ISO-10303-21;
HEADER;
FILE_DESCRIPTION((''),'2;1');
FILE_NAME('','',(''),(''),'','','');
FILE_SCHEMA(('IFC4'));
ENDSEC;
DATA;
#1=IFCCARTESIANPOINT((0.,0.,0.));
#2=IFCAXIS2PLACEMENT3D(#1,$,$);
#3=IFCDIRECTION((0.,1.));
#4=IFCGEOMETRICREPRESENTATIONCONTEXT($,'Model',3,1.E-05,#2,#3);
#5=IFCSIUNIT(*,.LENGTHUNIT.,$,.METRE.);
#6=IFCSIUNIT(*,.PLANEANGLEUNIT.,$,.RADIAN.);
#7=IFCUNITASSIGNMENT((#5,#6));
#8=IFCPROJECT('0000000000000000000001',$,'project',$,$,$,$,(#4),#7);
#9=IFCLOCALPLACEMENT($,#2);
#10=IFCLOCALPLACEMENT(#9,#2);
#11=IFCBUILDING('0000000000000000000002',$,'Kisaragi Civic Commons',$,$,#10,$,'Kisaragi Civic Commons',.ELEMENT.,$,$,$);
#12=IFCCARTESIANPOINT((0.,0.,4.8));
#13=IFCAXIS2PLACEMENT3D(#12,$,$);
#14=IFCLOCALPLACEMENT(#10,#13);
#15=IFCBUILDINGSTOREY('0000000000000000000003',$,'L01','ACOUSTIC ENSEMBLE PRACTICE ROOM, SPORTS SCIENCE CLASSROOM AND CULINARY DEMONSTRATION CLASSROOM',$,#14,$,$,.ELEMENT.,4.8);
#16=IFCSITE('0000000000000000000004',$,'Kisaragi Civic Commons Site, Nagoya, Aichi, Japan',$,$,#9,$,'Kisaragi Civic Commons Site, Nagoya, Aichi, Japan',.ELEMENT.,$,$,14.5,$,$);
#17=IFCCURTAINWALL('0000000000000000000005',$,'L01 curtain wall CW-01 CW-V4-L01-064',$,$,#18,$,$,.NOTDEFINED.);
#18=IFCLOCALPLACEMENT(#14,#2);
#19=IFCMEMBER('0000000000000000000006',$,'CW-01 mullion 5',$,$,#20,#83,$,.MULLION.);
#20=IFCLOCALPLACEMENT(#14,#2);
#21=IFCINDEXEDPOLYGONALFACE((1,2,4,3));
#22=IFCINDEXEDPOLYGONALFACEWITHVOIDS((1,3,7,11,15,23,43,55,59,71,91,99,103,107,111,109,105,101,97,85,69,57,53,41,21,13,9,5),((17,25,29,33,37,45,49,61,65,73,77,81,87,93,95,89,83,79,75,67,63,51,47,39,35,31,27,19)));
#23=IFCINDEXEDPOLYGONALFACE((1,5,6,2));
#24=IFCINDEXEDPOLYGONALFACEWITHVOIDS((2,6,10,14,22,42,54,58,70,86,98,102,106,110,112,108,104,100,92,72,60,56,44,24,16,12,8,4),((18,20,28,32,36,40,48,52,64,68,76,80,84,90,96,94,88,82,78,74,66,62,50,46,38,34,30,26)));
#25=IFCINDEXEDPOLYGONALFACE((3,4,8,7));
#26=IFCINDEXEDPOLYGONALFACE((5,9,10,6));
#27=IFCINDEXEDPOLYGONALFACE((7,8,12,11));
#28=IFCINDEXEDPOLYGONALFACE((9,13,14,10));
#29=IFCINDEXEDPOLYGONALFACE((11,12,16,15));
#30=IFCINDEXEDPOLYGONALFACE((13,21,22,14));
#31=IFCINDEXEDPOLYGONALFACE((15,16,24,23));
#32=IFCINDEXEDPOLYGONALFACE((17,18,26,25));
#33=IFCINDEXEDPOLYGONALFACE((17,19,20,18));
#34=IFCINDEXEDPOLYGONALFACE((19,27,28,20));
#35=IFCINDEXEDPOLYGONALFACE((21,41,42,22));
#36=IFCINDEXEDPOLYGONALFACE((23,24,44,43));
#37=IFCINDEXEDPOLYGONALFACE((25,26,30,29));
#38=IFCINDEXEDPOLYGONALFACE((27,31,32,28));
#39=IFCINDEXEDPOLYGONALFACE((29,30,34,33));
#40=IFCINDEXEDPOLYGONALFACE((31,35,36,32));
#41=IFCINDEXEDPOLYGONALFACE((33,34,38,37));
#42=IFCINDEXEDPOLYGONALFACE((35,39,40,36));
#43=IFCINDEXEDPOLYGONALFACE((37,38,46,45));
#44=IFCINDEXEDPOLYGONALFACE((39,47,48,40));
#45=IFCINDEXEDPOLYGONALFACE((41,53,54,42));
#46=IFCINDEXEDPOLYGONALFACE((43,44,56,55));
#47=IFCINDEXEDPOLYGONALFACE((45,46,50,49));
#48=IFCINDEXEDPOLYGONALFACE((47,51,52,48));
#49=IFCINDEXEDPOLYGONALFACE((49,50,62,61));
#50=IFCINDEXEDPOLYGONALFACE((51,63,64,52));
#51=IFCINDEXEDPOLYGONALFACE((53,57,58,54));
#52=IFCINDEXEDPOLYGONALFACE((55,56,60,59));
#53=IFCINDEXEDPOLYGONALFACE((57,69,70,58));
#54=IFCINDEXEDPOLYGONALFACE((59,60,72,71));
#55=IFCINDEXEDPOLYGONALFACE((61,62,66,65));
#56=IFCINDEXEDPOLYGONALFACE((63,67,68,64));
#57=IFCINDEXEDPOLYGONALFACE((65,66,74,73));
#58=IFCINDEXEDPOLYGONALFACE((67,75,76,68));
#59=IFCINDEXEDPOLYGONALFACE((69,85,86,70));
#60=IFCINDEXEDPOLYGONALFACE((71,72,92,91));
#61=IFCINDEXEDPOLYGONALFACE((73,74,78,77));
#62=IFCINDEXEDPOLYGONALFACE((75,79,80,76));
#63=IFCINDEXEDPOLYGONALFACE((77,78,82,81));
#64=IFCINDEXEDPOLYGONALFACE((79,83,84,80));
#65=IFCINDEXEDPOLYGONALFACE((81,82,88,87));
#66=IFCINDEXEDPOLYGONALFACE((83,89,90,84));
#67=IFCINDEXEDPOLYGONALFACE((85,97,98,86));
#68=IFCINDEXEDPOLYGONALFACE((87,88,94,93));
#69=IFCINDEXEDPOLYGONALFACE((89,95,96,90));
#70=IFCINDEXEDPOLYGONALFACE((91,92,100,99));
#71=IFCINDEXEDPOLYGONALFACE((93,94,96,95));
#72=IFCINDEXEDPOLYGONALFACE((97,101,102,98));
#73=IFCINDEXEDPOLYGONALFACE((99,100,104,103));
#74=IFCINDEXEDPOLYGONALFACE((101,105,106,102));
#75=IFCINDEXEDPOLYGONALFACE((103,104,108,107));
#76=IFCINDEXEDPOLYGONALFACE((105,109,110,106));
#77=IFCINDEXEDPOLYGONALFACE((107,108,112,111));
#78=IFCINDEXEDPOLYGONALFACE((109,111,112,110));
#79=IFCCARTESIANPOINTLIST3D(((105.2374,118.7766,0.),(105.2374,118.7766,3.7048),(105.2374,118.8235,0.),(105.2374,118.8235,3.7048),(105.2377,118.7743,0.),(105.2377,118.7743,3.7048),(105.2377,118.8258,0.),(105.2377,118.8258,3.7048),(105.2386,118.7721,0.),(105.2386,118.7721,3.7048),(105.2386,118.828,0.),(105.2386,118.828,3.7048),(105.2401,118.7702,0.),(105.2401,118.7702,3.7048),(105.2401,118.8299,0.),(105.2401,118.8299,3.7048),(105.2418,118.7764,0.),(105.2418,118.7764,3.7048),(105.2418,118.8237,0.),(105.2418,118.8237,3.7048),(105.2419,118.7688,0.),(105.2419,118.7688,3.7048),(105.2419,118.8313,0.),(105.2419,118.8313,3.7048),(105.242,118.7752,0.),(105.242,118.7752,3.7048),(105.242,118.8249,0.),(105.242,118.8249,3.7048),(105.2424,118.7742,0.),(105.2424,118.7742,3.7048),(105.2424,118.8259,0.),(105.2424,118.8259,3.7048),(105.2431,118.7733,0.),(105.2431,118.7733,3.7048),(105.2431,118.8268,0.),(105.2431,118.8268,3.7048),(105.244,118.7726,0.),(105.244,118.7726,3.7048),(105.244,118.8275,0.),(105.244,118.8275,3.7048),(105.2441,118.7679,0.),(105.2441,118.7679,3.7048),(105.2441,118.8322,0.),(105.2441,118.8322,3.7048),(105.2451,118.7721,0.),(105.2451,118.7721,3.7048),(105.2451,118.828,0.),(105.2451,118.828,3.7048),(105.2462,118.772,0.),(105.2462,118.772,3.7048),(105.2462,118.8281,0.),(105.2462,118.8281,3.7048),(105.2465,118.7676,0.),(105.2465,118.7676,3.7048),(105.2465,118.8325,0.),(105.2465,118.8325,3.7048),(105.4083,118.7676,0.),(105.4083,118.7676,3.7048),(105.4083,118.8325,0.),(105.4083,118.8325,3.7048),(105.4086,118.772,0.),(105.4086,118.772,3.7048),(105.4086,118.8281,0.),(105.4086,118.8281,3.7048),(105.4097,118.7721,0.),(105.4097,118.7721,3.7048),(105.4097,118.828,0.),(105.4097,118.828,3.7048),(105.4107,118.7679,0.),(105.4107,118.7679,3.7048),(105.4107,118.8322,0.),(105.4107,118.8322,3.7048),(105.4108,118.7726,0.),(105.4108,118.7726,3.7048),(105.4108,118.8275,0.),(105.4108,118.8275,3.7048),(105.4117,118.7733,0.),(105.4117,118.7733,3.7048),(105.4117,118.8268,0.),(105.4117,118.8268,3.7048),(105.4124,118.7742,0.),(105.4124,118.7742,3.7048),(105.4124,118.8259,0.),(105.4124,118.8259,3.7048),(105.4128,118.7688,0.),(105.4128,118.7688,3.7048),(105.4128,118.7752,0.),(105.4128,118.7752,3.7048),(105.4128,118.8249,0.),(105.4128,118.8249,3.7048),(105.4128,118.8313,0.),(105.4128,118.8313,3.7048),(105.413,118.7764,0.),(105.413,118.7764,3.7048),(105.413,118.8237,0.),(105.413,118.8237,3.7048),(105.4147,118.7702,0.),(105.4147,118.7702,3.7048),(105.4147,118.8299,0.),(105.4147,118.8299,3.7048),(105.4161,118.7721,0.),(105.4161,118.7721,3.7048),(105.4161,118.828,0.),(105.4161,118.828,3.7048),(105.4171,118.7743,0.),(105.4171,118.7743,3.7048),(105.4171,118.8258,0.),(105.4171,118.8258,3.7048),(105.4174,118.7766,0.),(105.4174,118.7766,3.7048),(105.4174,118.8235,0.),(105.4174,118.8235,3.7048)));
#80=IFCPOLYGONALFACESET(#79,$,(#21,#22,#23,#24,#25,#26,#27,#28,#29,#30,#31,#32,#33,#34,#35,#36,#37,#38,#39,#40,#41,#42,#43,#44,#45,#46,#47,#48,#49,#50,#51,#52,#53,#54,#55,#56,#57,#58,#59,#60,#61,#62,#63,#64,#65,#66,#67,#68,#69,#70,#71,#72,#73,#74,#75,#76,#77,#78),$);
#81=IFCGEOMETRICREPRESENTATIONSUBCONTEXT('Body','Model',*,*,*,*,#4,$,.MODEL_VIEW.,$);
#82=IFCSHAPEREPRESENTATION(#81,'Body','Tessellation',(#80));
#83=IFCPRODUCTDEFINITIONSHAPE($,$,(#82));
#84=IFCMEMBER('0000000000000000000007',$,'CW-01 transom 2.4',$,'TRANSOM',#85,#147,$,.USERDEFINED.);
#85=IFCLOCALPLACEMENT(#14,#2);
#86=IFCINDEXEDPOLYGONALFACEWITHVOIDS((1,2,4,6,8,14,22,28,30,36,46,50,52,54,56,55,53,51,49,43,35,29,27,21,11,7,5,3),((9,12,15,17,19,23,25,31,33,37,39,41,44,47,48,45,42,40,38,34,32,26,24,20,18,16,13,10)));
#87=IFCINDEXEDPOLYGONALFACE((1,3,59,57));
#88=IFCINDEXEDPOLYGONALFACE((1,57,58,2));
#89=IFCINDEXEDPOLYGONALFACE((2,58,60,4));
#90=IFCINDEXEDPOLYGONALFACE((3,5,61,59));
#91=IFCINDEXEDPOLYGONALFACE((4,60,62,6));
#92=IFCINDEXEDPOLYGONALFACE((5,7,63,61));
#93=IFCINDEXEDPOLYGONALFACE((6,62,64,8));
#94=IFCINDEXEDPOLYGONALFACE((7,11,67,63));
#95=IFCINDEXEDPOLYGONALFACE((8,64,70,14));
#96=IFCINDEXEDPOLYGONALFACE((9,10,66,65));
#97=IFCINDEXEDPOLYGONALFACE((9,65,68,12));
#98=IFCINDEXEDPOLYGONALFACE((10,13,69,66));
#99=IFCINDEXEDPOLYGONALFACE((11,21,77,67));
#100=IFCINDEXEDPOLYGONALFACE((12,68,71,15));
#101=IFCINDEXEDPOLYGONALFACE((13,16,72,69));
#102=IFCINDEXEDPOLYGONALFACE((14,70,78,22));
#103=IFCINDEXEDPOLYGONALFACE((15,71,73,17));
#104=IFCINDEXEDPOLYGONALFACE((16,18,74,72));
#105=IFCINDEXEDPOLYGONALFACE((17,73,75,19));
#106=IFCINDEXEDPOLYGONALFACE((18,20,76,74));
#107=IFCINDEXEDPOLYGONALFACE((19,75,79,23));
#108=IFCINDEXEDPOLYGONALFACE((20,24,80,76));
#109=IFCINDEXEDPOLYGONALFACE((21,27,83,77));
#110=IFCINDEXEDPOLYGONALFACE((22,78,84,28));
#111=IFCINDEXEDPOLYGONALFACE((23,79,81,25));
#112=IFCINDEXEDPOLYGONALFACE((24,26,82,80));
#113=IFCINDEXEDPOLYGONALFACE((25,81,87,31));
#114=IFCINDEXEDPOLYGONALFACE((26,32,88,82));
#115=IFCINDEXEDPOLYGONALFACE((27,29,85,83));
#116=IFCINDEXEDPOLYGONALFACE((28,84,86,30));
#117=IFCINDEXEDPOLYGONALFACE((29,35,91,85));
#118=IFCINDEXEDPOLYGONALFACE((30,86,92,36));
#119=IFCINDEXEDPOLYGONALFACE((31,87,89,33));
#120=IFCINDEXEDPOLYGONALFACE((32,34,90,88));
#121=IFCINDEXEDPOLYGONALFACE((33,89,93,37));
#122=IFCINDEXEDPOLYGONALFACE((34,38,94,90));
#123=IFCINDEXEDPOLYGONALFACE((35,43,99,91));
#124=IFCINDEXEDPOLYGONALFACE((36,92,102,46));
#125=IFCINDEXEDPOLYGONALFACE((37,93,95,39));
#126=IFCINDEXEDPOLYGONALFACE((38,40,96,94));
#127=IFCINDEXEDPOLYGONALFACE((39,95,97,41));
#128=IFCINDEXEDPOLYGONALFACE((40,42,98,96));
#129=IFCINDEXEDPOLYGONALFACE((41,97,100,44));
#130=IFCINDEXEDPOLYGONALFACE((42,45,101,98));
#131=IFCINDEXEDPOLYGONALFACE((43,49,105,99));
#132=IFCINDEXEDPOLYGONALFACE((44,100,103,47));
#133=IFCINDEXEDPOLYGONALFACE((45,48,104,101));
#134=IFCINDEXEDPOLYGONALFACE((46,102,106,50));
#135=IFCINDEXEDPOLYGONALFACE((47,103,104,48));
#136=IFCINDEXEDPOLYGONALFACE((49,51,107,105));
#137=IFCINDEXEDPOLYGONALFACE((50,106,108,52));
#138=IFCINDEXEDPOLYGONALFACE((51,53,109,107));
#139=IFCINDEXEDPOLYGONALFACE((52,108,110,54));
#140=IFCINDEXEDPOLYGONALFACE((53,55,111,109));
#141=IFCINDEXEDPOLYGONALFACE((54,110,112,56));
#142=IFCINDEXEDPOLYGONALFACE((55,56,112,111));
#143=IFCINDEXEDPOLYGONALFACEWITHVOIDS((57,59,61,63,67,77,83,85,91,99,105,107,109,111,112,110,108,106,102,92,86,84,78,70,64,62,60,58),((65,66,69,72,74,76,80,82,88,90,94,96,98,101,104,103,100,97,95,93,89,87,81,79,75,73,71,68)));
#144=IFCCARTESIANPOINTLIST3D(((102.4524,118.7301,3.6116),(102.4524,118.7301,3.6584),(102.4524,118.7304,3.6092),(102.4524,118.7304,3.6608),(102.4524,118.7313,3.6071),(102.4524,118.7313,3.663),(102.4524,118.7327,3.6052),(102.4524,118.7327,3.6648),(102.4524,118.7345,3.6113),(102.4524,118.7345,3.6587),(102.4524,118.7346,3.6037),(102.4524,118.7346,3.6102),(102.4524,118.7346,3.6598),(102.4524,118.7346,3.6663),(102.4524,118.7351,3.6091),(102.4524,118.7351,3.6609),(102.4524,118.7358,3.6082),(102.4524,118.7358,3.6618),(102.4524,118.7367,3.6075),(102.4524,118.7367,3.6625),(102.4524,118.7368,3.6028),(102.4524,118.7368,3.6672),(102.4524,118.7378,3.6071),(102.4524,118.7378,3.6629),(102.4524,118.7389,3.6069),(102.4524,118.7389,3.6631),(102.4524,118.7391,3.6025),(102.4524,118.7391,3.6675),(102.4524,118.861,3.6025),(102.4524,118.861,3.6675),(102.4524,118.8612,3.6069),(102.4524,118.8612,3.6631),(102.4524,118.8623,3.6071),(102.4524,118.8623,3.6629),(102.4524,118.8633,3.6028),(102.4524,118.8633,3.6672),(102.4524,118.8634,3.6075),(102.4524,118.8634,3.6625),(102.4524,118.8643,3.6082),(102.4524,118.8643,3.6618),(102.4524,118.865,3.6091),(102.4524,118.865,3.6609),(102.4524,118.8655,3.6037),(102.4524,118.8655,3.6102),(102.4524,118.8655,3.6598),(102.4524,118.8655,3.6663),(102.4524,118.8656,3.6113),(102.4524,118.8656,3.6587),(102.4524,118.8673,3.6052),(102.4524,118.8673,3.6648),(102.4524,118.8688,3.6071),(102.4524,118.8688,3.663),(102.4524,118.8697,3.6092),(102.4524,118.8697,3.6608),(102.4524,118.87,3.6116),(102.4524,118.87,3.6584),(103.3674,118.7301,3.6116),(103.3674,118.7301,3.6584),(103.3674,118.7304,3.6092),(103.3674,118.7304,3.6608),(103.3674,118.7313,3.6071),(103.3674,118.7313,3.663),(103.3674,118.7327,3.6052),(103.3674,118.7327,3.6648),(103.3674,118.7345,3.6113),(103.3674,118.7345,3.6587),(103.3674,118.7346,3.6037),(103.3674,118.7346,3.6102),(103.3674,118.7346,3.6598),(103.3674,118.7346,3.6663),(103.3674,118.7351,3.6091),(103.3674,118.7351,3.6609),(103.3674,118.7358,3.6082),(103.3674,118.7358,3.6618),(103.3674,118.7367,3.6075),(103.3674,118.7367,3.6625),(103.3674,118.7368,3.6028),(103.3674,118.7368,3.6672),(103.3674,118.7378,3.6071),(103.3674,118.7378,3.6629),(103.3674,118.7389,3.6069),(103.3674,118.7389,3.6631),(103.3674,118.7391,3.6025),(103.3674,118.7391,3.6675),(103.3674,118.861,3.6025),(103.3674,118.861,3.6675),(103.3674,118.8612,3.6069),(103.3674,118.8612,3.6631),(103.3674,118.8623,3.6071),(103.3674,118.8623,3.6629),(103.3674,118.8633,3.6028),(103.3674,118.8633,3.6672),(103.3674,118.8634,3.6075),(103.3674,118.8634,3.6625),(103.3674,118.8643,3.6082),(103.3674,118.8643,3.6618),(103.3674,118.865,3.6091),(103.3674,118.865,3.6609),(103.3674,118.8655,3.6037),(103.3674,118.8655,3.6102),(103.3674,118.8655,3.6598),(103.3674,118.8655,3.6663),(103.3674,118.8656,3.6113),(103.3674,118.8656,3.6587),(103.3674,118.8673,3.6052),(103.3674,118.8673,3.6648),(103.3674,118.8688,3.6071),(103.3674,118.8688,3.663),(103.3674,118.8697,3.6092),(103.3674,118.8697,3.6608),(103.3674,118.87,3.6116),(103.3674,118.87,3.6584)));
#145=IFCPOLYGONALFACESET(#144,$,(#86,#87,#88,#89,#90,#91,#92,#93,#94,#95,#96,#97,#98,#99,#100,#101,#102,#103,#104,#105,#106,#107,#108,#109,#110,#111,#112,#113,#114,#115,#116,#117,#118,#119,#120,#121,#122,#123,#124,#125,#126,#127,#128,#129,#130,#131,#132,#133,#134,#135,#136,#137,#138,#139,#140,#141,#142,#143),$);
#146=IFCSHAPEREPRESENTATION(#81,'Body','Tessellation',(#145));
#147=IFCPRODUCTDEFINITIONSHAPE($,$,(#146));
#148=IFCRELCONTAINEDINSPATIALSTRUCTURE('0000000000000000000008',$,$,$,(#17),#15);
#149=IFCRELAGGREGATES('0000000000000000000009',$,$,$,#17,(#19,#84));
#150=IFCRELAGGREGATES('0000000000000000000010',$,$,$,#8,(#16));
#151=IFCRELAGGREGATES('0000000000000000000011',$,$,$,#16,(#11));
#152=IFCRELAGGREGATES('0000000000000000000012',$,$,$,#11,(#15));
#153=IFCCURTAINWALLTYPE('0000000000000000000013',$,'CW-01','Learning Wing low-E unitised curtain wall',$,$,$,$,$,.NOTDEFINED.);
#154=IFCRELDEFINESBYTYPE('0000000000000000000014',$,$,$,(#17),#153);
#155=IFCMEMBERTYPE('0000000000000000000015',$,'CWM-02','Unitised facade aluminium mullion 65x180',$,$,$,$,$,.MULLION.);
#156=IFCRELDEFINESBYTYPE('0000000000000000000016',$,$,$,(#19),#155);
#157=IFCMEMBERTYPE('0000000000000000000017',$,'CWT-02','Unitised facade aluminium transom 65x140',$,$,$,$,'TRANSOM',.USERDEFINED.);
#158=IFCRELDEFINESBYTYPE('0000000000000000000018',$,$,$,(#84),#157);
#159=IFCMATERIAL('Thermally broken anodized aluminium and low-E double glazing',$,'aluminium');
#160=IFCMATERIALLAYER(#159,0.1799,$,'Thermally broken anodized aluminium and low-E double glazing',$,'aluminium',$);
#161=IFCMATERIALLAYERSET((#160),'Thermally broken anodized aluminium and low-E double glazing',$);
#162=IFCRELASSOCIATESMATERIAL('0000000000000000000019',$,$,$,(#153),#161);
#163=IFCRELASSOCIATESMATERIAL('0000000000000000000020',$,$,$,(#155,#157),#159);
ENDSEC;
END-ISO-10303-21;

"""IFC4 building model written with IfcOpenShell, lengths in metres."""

from ifc_helpers import new_model, si_unit, direction, frame, origin, origin_2d, place, context, subcontext, project, spatial, hollow_rectangle, extrude, material, layer, layer_set, material_profile, profile_set, type_object, element, aggregate, save


model = new_model("IFC4")

# Units and contexts
model_context = context("Model", 3, precision=1e-05, world=origin(), true_north=direction((0.0, 1.0)))
body_context = subcontext(model_context, "Body", "Model", "MODEL_VIEW")
ifc_project = project(units=[si_unit("LENGTHUNIT", "METRE"), si_unit("PLANEANGLEUNIT", "RADIAN")], contexts=[model_context])

# Site, building, storey
site_placement = place(None, origin())
site = spatial("IfcSite", under=ifc_project, at=site_placement, Name="Kisaragi Civic Commons Site, Nagoya, Aichi, Japan", LongName="Kisaragi Civic Commons Site, Nagoya, Aichi, Japan", CompositionType="ELEMENT", RefElevation=14.5)
building_placement = place(site_placement, origin())
building = spatial("IfcBuilding", under=site, at=building_placement, Name="Kisaragi Civic Commons", LongName="Kisaragi Civic Commons", CompositionType="ELEMENT")
storey_placement = place(building_placement, frame((0.0, 0.0, 4.8)))
storey = spatial("IfcBuildingStorey", under=building, at=storey_placement, Name="L01", Description="ACOUSTIC ENSEMBLE PRACTICE ROOM, SPORTS SCIENCE CLASSROOM AND CULINARY DEMONSTRATION CLASSROOM", CompositionType="ELEMENT", Elevation=4.8)

# Curtain wall, members
ifc_material_1 = material(Name="Thermally broken anodized aluminium and low-E double glazing", Category="aluminium")
ifc_layer_1 = layer(ifc_material_1, 0.1799, Name="Thermally broken anodized aluminium and low-E double glazing", Category="aluminium")
ifc_layer_set_1 = layer_set([ifc_layer_1], Name="Thermally broken anodized aluminium and low-E double glazing")
curtain_wall_type = type_object("IfcCurtainWallType", Name="CW-01", Description="Learning Wing low-E unitised curtain wall", PredefinedType="NOTDEFINED", material=ifc_layer_set_1)
curtain_wall_placement = place(storey_placement, origin())
curtain_wall = element("IfcCurtainWall", 1, at=curtain_wall_placement, inside=storey, type_object=curtain_wall_type, Name="L01 curtain wall CW-01 CW-V4-L01-064", PredefinedType="NOTDEFINED")
ifc_material_profile_1 = material_profile(ifc_material_1, hollow_rectangle(XDim=0.0649, YDim=0.1799, WallThickness=0.0044, InnerFilletRadius=0.0044, OuterFilletRadius=0.009, at=origin_2d()), Name="CWM-65x180x4.5", Category="aluminium")
ifc_profile_set_1 = profile_set([ifc_material_profile_1], Name="Thermally broken anodized aluminium and low-E double glazing")
member_type_1 = type_object("IfcMemberType", Name="CWM-02", Description="Unitised facade aluminium mullion 65x180", PredefinedType="MULLION", material=ifc_profile_set_1)
member_1_placement = place(storey_placement, frame((105.3274, 118.8, 0.0), z_axis=(0.0, 0.0, 1.0), x_axis=(0.0, 1.0, 0.0)))
member_1 = element("IfcMember", 2, at=member_1_placement, type_object=member_type_1, Name="CW-01 mullion 5", PredefinedType="MULLION", context=body_context, shape_type="SweptSolid", body=[
    extrude(hollow_rectangle(XDim=0.0649, YDim=0.1799, WallThickness=0.0044, InnerFilletRadius=0.0044, OuterFilletRadius=0.009, at=origin_2d()), origin(), (0.0, 0.0, 1.0), 3.7048),
])
ifc_material_profile_2 = material_profile(ifc_material_1, hollow_rectangle(XDim=0.1399, YDim=0.0649, WallThickness=0.0044, InnerFilletRadius=0.0044, OuterFilletRadius=0.009, at=origin_2d()), Name="CWT-65x140x4.5", Category="aluminium")
ifc_profile_set_2 = profile_set([ifc_material_profile_2], Name="Thermally broken anodized aluminium and low-E double glazing")
member_type_2 = type_object("IfcMemberType", Name="CWT-02", Description="Unitised facade aluminium transom 65x140", ElementType="TRANSOM", PredefinedType="USERDEFINED", material=ifc_profile_set_2)
member_2_placement = place(storey_placement, frame((102.4524, 118.8, 3.635), z_axis=(1.0, 0.0, 0.0), x_axis=(0.0, 1.0, 0.0)))
member_2 = element("IfcMember", 3, at=member_2_placement, type_object=member_type_2, Name="CW-01 transom 2.4", ObjectType="TRANSOM", PredefinedType="USERDEFINED", context=body_context, shape_type="SweptSolid", body=[
    extrude(hollow_rectangle(XDim=0.1399, YDim=0.0649, WallThickness=0.0044, InnerFilletRadius=0.0044, OuterFilletRadius=0.009, at=origin_2d()), origin(), (0.0, 0.0, 1.0), 0.915),
])

aggregate(curtain_wall, [member_1, member_2])

save(model, "model.ifc")
